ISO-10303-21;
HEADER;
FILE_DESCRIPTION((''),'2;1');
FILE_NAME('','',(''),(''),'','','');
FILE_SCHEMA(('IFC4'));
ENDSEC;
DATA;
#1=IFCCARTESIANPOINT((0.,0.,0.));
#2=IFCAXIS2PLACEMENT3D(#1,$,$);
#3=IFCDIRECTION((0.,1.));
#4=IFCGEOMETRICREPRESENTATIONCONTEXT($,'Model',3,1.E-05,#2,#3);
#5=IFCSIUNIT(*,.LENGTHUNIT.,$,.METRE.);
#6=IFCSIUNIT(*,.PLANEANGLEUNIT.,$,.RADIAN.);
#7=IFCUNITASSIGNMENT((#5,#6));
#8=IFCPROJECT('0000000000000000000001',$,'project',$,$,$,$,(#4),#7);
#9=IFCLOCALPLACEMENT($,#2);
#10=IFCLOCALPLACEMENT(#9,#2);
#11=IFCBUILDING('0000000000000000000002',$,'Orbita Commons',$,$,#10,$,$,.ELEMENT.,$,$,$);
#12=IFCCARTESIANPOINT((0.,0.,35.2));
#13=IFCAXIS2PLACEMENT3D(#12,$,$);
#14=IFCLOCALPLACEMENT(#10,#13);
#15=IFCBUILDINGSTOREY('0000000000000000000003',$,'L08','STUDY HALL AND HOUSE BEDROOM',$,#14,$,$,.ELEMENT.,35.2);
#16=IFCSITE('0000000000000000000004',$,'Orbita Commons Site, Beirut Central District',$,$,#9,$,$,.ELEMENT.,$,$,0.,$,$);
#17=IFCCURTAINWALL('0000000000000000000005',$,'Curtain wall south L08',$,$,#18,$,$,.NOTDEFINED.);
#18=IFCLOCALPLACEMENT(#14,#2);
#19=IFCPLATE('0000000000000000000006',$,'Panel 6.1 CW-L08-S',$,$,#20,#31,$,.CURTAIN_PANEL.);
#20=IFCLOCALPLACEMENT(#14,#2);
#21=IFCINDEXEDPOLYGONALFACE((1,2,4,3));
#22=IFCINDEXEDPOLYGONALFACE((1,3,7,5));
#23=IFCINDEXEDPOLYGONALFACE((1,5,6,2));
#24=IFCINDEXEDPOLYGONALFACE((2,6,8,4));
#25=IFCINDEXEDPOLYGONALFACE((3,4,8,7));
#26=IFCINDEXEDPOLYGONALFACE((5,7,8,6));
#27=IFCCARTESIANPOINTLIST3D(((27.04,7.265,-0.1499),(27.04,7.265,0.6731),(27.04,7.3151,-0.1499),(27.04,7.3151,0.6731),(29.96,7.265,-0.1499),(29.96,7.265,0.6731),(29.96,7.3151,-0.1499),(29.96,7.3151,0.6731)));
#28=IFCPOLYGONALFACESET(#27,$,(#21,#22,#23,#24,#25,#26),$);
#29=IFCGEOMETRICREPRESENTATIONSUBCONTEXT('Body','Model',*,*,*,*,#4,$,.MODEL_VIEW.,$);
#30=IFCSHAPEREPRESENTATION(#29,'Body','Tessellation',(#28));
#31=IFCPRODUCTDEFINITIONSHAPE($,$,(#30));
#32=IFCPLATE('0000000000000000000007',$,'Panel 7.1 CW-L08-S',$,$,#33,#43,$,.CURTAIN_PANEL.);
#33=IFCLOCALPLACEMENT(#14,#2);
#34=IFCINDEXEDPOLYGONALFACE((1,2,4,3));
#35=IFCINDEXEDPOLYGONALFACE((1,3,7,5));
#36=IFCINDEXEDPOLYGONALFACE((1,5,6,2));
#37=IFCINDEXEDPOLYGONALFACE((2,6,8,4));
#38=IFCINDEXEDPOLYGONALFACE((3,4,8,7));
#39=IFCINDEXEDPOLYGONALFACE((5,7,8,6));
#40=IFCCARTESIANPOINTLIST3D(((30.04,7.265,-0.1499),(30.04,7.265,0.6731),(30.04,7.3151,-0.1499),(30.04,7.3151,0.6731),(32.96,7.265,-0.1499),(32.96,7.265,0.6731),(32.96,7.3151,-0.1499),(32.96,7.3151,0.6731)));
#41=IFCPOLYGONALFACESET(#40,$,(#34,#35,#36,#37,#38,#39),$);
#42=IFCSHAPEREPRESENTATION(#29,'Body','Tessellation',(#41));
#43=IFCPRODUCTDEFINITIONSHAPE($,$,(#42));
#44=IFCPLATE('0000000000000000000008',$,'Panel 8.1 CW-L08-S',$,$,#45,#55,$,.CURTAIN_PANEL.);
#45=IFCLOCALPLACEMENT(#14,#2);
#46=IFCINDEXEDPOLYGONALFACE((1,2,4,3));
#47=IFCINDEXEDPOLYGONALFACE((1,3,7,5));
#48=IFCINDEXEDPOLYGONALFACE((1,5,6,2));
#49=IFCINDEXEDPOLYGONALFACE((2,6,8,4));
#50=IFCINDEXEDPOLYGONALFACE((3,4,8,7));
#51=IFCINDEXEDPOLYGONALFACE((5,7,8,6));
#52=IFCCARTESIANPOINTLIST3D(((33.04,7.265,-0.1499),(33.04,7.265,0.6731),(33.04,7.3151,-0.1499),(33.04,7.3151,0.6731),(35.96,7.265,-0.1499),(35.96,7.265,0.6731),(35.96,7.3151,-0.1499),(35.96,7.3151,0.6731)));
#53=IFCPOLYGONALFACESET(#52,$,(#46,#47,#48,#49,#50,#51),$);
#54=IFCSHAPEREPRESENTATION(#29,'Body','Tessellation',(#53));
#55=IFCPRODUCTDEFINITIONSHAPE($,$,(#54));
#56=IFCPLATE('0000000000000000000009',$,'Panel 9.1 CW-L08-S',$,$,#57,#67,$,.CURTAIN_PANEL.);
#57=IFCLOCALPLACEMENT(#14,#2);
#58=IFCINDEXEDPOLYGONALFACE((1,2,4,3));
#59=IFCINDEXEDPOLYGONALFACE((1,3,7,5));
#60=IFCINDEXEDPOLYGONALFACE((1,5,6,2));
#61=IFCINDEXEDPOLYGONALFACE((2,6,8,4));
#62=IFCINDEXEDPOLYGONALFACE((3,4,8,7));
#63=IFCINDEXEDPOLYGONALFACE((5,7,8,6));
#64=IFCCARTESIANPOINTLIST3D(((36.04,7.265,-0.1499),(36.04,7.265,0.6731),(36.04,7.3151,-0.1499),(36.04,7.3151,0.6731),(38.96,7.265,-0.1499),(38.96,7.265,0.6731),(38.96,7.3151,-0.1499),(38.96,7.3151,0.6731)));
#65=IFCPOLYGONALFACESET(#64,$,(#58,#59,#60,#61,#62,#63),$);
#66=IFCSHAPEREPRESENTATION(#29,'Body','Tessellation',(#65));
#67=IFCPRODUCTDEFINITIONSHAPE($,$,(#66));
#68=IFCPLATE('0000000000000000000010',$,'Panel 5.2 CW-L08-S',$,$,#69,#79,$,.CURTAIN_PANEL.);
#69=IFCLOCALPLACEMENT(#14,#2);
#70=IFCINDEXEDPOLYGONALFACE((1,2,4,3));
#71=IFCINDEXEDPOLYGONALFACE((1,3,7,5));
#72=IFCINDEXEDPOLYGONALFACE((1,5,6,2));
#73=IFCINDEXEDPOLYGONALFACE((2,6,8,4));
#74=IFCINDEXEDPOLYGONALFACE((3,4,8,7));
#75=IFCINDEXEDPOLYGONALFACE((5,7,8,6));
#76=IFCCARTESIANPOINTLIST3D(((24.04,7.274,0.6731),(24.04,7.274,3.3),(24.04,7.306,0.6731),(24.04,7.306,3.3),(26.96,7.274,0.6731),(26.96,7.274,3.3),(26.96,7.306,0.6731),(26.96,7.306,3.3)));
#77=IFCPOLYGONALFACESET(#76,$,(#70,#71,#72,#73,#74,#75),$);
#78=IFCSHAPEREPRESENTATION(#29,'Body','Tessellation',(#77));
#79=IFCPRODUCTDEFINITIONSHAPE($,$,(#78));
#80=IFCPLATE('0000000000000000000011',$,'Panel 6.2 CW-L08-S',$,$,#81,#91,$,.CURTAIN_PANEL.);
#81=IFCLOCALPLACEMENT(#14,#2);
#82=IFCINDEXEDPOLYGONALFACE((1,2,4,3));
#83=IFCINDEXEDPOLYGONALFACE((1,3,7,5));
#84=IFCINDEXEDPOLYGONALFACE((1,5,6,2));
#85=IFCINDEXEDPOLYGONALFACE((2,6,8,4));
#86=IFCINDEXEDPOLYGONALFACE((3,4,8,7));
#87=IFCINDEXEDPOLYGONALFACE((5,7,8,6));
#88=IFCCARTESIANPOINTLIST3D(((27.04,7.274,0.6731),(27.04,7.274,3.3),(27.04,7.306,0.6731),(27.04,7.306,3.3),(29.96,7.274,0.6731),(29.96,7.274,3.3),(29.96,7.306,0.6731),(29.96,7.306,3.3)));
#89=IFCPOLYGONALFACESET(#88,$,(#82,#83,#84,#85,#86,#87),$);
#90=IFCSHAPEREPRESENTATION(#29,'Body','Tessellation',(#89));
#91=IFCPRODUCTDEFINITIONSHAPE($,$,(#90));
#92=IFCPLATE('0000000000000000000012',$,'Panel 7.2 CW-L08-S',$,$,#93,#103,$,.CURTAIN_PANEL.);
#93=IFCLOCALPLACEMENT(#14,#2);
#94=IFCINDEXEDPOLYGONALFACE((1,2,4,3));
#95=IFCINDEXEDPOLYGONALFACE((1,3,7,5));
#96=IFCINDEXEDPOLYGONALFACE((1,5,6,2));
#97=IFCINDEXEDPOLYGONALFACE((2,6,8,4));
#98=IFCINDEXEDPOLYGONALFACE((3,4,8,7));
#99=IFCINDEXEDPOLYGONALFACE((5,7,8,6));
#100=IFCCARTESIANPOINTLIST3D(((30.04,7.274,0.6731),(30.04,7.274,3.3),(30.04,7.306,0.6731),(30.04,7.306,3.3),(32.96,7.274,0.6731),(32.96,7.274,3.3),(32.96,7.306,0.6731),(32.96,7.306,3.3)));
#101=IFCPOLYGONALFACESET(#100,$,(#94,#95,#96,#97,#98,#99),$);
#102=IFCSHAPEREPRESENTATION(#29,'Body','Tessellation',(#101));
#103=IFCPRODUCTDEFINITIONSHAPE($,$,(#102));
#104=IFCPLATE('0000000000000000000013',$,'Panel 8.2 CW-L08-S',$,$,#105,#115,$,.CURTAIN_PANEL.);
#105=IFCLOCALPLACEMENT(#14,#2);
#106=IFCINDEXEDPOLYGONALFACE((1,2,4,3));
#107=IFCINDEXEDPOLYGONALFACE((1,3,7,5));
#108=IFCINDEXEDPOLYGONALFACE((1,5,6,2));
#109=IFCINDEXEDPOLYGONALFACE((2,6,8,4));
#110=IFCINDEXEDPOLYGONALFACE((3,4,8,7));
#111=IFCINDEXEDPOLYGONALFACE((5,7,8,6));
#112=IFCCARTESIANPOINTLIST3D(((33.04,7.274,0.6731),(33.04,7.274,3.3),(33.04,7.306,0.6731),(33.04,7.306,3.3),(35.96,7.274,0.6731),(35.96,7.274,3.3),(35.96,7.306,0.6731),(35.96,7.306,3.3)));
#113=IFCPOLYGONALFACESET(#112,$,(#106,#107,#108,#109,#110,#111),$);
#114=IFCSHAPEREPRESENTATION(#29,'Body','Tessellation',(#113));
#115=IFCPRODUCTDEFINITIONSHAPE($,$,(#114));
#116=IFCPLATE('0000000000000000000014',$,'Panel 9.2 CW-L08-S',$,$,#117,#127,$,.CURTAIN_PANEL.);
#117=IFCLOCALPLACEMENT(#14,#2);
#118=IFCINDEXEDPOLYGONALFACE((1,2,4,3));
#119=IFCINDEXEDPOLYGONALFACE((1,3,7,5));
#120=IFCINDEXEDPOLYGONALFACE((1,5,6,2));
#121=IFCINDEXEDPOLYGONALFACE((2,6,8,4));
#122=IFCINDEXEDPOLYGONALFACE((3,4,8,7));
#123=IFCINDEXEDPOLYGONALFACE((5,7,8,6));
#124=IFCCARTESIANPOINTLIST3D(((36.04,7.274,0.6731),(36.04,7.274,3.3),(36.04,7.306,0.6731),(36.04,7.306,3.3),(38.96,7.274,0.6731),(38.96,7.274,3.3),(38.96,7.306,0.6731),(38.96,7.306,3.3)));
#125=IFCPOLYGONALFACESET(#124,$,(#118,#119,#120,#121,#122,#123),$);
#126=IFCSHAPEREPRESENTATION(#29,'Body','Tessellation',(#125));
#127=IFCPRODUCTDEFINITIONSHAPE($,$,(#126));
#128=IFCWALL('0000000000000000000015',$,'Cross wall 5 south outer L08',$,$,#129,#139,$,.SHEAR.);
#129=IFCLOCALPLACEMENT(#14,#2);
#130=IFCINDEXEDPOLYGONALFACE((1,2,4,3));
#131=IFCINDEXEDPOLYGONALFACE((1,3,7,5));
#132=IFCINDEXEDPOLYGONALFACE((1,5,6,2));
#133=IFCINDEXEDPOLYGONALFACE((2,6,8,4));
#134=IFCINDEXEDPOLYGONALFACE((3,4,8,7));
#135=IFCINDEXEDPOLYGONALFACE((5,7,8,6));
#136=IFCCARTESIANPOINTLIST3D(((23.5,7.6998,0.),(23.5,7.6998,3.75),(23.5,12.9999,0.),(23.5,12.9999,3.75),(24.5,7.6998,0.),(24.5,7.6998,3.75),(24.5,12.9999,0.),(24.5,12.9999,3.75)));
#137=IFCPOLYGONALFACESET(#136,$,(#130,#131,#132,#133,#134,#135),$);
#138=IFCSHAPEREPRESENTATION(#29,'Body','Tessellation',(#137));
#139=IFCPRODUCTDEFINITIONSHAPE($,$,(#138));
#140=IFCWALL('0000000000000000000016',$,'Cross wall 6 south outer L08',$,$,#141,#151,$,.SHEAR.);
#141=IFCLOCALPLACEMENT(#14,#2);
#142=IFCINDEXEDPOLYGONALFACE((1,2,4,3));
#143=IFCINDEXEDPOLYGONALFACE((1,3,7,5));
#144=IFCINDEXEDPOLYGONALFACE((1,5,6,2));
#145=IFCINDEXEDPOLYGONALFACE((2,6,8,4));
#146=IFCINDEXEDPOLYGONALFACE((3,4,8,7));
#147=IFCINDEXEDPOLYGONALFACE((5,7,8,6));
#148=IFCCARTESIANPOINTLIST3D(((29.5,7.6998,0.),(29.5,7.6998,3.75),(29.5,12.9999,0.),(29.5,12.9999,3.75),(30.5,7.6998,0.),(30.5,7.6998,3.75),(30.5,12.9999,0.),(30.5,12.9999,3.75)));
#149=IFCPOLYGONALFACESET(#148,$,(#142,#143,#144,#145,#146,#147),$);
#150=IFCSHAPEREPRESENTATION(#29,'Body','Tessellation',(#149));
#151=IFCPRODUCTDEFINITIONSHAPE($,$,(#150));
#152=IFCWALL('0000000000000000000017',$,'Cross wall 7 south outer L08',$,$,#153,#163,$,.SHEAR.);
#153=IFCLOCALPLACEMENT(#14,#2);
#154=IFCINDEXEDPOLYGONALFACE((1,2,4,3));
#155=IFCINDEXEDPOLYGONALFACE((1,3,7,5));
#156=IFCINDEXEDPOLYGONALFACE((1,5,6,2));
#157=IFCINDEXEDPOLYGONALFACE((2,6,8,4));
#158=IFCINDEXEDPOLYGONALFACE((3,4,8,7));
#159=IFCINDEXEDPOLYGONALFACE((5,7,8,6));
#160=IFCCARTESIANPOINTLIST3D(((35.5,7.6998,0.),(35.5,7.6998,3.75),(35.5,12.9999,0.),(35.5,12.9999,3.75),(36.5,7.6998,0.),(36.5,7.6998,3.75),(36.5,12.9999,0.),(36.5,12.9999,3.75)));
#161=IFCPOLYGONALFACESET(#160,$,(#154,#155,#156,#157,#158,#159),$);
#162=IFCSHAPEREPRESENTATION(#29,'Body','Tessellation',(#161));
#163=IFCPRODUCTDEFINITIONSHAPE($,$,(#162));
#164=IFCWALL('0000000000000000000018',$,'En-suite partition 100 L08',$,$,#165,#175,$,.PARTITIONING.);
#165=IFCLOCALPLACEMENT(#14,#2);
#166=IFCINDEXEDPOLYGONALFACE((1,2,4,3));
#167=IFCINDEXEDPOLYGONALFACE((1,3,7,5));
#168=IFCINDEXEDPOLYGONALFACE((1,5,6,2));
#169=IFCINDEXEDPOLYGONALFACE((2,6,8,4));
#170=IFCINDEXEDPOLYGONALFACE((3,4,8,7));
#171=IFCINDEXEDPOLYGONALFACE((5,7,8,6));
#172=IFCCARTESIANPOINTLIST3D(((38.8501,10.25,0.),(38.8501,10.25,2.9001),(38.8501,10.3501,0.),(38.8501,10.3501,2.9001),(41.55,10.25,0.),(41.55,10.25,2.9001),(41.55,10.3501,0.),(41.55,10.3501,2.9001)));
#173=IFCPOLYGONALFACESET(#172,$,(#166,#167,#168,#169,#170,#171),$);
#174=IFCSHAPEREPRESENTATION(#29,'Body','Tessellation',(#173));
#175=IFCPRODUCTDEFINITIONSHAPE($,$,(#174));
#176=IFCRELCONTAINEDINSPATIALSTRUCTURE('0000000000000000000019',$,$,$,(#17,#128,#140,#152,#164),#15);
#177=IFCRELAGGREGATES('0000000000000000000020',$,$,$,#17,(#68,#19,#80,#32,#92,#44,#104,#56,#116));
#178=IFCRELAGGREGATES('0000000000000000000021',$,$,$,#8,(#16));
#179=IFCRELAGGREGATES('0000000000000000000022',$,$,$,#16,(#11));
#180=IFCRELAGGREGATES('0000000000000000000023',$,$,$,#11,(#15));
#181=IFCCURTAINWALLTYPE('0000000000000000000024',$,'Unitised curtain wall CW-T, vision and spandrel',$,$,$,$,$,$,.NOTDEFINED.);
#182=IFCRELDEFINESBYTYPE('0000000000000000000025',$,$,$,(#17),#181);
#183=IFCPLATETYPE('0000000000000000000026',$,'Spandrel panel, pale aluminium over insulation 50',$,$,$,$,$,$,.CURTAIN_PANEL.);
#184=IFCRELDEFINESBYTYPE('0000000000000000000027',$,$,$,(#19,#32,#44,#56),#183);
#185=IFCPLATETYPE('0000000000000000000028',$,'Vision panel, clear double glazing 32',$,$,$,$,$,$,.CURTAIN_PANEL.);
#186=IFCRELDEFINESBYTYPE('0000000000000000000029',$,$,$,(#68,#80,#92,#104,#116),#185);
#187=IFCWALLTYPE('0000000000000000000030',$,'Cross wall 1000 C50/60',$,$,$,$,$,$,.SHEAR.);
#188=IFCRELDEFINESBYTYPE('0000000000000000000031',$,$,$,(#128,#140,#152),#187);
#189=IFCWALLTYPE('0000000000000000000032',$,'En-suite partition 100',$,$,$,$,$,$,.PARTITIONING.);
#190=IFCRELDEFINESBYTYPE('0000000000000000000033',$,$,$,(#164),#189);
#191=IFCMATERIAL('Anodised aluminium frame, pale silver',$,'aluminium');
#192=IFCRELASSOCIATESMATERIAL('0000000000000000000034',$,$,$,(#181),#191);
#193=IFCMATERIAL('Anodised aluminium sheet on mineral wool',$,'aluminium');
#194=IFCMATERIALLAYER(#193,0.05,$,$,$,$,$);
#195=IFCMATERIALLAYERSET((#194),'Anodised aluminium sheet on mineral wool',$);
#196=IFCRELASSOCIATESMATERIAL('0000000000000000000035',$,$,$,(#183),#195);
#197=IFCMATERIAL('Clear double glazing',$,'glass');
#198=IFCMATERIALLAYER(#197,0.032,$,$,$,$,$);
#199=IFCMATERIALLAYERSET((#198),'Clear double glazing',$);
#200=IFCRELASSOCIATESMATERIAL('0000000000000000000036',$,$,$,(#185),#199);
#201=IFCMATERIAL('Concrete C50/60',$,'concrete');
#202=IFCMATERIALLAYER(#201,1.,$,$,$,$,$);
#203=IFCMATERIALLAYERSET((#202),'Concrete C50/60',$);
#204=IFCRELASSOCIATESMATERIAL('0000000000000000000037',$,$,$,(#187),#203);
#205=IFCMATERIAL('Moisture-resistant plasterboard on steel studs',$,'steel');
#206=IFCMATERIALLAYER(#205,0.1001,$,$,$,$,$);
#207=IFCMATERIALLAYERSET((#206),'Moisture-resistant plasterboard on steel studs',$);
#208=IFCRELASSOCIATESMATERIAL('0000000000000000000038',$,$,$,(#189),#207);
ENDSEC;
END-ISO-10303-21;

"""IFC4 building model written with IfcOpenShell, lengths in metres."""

from ifc_helpers import new_model, si_unit, direction, frame, frame_2d, origin, origin_2d, place, context, subcontext, project, spatial, polyline, rectangle, outline, extrude, material, layer, layer_set, type_object, element, aggregate, save


model = new_model("IFC4")

# Units and contexts
model_context = context("Model", 3, precision=1e-05, world=origin(), true_north=direction((0.0, 1.0)))
body_context = subcontext(model_context, "Body", "Model", "MODEL_VIEW")
ifc_project = project(units=[si_unit("LENGTHUNIT", "METRE"), si_unit("PLANEANGLEUNIT", "RADIAN")], contexts=[model_context])

# Site, building, storey
site_placement = place(None, origin())
site = spatial("IfcSite", under=ifc_project, at=site_placement, Name="Orbita Commons Site, Beirut Central District", CompositionType="ELEMENT", RefElevation=0.0)
building_placement = place(site_placement, origin())
building = spatial("IfcBuilding", under=site, at=building_placement, Name="Orbita Commons", CompositionType="ELEMENT")
storey_placement = place(building_placement, frame((0.0, 0.0, 35.2)))
storey = spatial("IfcBuildingStorey", under=building, at=storey_placement, Name="L08", Description="STUDY HALL AND HOUSE BEDROOM", CompositionType="ELEMENT", Elevation=35.2)

# Curtain wall, plates
ifc_material_1 = material(Name="Anodised aluminium frame, pale silver", Category="aluminium")
curtain_wall_type = type_object("IfcCurtainWallType", Name="Unitised curtain wall CW-T, vision and spandrel", PredefinedType="NOTDEFINED", material=ifc_material_1)
curtain_wall_placement = place(storey_placement, origin())
curtain_wall = element("IfcCurtainWall", 1, at=curtain_wall_placement, inside=storey, type_object=curtain_wall_type, Name="Curtain wall south L08", PredefinedType="NOTDEFINED")
ifc_material_2 = material(Name="Anodised aluminium sheet on mineral wool", Category="aluminium")
ifc_layer_1 = layer(ifc_material_2, 0.05)
ifc_layer_set_1 = layer_set([ifc_layer_1], Name="Anodised aluminium sheet on mineral wool")
plate_type_1 = type_object("IfcPlateType", Name="Spandrel panel, pale aluminium over insulation 50", PredefinedType="CURTAIN_PANEL", material=ifc_layer_set_1)
plate_1_placement = place(storey_placement, frame((28.5, 7.29, -0.1499), z_axis=(0.0, 0.0, 1.0), x_axis=(1.0, 0.0, 0.0)))
plate_1 = element("IfcPlate", 2, at=plate_1_placement, type_object=plate_type_1, Name="Panel 6.1 CW-L08-S", PredefinedType="CURTAIN_PANEL", context=body_context, shape_type="SweptSolid", body=[
    extrude(rectangle(XDim=2.9199, YDim=0.05, at=origin_2d()), origin(), (0.0, 0.0, 1.0), 0.823),
])
plate_2_placement = place(storey_placement, frame((31.5, 7.29, -0.1499), z_axis=(0.0, 0.0, 1.0), x_axis=(1.0, 0.0, 0.0)))
plate_2 = element("IfcPlate", 3, at=plate_2_placement, type_object=plate_type_1, Name="Panel 7.1 CW-L08-S", PredefinedType="CURTAIN_PANEL", context=body_context, shape_type="SweptSolid", body=[
    extrude(rectangle(XDim=2.9199, YDim=0.05, at=origin_2d()), origin(), (0.0, 0.0, 1.0), 0.823),
])
plate_3_placement = place(storey_placement, frame((34.5, 7.29, -0.1499), z_axis=(0.0, 0.0, 1.0), x_axis=(1.0, 0.0, 0.0)))
plate_3 = element("IfcPlate", 4, at=plate_3_placement, type_object=plate_type_1, Name="Panel 8.1 CW-L08-S", PredefinedType="CURTAIN_PANEL", context=body_context, shape_type="SweptSolid", body=[
    extrude(rectangle(XDim=2.9199, YDim=0.05, at=origin_2d()), origin(), (0.0, 0.0, 1.0), 0.823),
])
plate_4_placement = place(storey_placement, frame((37.5, 7.29, -0.1499), z_axis=(0.0, 0.0, 1.0), x_axis=(1.0, 0.0, 0.0)))
plate_4 = element("IfcPlate", 5, at=plate_4_placement, type_object=plate_type_1, Name="Panel 9.1 CW-L08-S", PredefinedType="CURTAIN_PANEL", context=body_context, shape_type="SweptSolid", body=[
    extrude(rectangle(XDim=2.9199, YDim=0.05, at=origin_2d()), origin(), (0.0, 0.0, 1.0), 0.823),
])
ifc_material_3 = material(Name="Clear double glazing", Category="glass")
ifc_layer_2 = layer(ifc_material_3, 0.032)
ifc_layer_set_2 = layer_set([ifc_layer_2], Name="Clear double glazing")
plate_type_2 = type_object("IfcPlateType", Name="Vision panel, clear double glazing 32", PredefinedType="CURTAIN_PANEL", material=ifc_layer_set_2)
plate_5_placement = place(storey_placement, frame((25.5, 7.29, 0.6731), z_axis=(0.0, 0.0, 1.0), x_axis=(1.0, 0.0, 0.0)))
plate_5 = element("IfcPlate", 6, at=plate_5_placement, type_object=plate_type_2, Name="Panel 5.2 CW-L08-S", PredefinedType="CURTAIN_PANEL", context=body_context, shape_type="SweptSolid", body=[
    extrude(rectangle(XDim=2.9199, YDim=0.032, at=origin_2d()), origin(), (0.0, 0.0, 1.0), 2.627),
])
plate_6_placement = place(storey_placement, frame((28.5, 7.29, 0.6731), z_axis=(0.0, 0.0, 1.0), x_axis=(1.0, 0.0, 0.0)))
plate_6 = element("IfcPlate", 7, at=plate_6_placement, type_object=plate_type_2, Name="Panel 6.2 CW-L08-S", PredefinedType="CURTAIN_PANEL", context=body_context, shape_type="SweptSolid", body=[
    extrude(rectangle(XDim=2.9199, YDim=0.032, at=origin_2d()), origin(), (0.0, 0.0, 1.0), 2.627),
])
plate_7_placement = place(storey_placement, frame((31.5, 7.29, 0.6731), z_axis=(0.0, 0.0, 1.0), x_axis=(1.0, 0.0, 0.0)))
plate_7 = element("IfcPlate", 8, at=plate_7_placement, type_object=plate_type_2, Name="Panel 7.2 CW-L08-S", PredefinedType="CURTAIN_PANEL", context=body_context, shape_type="SweptSolid", body=[
    extrude(rectangle(XDim=2.9199, YDim=0.032, at=origin_2d()), origin(), (0.0, 0.0, 1.0), 2.627),
])
plate_8_placement = place(storey_placement, frame((34.5, 7.29, 0.6731), z_axis=(0.0, 0.0, 1.0), x_axis=(1.0, 0.0, 0.0)))
plate_8 = element("IfcPlate", 9, at=plate_8_placement, type_object=plate_type_2, Name="Panel 8.2 CW-L08-S", PredefinedType="CURTAIN_PANEL", context=body_context, shape_type="SweptSolid", body=[
    extrude(rectangle(XDim=2.9199, YDim=0.032, at=origin_2d()), origin(), (0.0, 0.0, 1.0), 2.627),
])
plate_9_placement = place(storey_placement, frame((37.5, 7.29, 0.6731), z_axis=(0.0, 0.0, 1.0), x_axis=(1.0, 0.0, 0.0)))
plate_9 = element("IfcPlate", 10, at=plate_9_placement, type_object=plate_type_2, Name="Panel 9.2 CW-L08-S", PredefinedType="CURTAIN_PANEL", context=body_context, shape_type="SweptSolid", body=[
    extrude(rectangle(XDim=2.9199, YDim=0.032, at=origin_2d()), origin(), (0.0, 0.0, 1.0), 2.627),
])
aggregate(curtain_wall, [plate_5, plate_1, plate_6, plate_2, plate_7, plate_3, plate_8, plate_4, plate_9])

# Walls
ifc_material_4 = material(Name="Concrete C50/60", Category="concrete")
ifc_layer_3 = layer(ifc_material_4, 1.0)
ifc_layer_set_3 = layer_set([ifc_layer_3], Name="Concrete C50/60")
wall_type_1 = type_object("IfcWallType", Name="Cross wall 1000 C50/60", PredefinedType="SHEAR", material=ifc_layer_set_3)
for number, where, z_axis, x_axis, name in (
    (11, (24.0, 7.7, 0.0), (0.0, 0.0, 1.0), (0.0, 1.0, 0.0), "Cross wall 5 south outer L08"),
    (12, (30.0, 7.7, 0.0), (0.0, 0.0, 1.0), (0.0, 1.0, 0.0), "Cross wall 6 south outer L08"),
    (13, (36.0, 7.7, 0.0), (0.0, 0.0, 1.0), (0.0, 1.0, 0.0), "Cross wall 7 south outer L08"),
):
    element("IfcWall", number, at=place(storey_placement, frame(where, z_axis=z_axis, x_axis=x_axis)), inside=storey, type_object=wall_type_1, Name=name, PredefinedType="SHEAR", context=body_context, shape_type="SweptSolid", body=[
        extrude(rectangle(XDim=5.3, YDim=1.0, at=frame_2d((2.6499, 0.0))), origin(), (0.0, 0.0, 1.0), 3.75),
    ])
ifc_material_5 = material(Name="Moisture-resistant plasterboard on steel studs", Category="steel")
ifc_layer_4 = layer(ifc_material_5, 0.1001)
ifc_layer_set_4 = layer_set([ifc_layer_4], Name="Moisture-resistant plasterboard on steel studs")
wall_type_2 = type_object("IfcWallType", Name="En-suite partition 100", PredefinedType="PARTITIONING", material=ifc_layer_set_4)
wall_1_placement = place(storey_placement, frame((38.8501, 10.3, 0.0), z_axis=(0.0, 0.0, 1.0), x_axis=(1.0, 0.0, 0.0)))
element("IfcWall", 14, at=wall_1_placement, inside=storey, type_object=wall_type_2, Name="En-suite partition 100 L08", PredefinedType="PARTITIONING", context=body_context, shape_type="SweptSolid", body=[
    extrude(outline(polyline([(0.0, 0.0), (2.7, 0.0), (2.7, 2.9001), (0.0, 2.9001), (0.0, 0.0)])), frame((0.0, 0.05, 0.0), z_axis=(0.0, -1.0, 0.0), x_axis=(1.0, 0.0, 0.0)), (0.0, 0.0, 1.0), 0.1001),
])

save(model, "model.ifc")
